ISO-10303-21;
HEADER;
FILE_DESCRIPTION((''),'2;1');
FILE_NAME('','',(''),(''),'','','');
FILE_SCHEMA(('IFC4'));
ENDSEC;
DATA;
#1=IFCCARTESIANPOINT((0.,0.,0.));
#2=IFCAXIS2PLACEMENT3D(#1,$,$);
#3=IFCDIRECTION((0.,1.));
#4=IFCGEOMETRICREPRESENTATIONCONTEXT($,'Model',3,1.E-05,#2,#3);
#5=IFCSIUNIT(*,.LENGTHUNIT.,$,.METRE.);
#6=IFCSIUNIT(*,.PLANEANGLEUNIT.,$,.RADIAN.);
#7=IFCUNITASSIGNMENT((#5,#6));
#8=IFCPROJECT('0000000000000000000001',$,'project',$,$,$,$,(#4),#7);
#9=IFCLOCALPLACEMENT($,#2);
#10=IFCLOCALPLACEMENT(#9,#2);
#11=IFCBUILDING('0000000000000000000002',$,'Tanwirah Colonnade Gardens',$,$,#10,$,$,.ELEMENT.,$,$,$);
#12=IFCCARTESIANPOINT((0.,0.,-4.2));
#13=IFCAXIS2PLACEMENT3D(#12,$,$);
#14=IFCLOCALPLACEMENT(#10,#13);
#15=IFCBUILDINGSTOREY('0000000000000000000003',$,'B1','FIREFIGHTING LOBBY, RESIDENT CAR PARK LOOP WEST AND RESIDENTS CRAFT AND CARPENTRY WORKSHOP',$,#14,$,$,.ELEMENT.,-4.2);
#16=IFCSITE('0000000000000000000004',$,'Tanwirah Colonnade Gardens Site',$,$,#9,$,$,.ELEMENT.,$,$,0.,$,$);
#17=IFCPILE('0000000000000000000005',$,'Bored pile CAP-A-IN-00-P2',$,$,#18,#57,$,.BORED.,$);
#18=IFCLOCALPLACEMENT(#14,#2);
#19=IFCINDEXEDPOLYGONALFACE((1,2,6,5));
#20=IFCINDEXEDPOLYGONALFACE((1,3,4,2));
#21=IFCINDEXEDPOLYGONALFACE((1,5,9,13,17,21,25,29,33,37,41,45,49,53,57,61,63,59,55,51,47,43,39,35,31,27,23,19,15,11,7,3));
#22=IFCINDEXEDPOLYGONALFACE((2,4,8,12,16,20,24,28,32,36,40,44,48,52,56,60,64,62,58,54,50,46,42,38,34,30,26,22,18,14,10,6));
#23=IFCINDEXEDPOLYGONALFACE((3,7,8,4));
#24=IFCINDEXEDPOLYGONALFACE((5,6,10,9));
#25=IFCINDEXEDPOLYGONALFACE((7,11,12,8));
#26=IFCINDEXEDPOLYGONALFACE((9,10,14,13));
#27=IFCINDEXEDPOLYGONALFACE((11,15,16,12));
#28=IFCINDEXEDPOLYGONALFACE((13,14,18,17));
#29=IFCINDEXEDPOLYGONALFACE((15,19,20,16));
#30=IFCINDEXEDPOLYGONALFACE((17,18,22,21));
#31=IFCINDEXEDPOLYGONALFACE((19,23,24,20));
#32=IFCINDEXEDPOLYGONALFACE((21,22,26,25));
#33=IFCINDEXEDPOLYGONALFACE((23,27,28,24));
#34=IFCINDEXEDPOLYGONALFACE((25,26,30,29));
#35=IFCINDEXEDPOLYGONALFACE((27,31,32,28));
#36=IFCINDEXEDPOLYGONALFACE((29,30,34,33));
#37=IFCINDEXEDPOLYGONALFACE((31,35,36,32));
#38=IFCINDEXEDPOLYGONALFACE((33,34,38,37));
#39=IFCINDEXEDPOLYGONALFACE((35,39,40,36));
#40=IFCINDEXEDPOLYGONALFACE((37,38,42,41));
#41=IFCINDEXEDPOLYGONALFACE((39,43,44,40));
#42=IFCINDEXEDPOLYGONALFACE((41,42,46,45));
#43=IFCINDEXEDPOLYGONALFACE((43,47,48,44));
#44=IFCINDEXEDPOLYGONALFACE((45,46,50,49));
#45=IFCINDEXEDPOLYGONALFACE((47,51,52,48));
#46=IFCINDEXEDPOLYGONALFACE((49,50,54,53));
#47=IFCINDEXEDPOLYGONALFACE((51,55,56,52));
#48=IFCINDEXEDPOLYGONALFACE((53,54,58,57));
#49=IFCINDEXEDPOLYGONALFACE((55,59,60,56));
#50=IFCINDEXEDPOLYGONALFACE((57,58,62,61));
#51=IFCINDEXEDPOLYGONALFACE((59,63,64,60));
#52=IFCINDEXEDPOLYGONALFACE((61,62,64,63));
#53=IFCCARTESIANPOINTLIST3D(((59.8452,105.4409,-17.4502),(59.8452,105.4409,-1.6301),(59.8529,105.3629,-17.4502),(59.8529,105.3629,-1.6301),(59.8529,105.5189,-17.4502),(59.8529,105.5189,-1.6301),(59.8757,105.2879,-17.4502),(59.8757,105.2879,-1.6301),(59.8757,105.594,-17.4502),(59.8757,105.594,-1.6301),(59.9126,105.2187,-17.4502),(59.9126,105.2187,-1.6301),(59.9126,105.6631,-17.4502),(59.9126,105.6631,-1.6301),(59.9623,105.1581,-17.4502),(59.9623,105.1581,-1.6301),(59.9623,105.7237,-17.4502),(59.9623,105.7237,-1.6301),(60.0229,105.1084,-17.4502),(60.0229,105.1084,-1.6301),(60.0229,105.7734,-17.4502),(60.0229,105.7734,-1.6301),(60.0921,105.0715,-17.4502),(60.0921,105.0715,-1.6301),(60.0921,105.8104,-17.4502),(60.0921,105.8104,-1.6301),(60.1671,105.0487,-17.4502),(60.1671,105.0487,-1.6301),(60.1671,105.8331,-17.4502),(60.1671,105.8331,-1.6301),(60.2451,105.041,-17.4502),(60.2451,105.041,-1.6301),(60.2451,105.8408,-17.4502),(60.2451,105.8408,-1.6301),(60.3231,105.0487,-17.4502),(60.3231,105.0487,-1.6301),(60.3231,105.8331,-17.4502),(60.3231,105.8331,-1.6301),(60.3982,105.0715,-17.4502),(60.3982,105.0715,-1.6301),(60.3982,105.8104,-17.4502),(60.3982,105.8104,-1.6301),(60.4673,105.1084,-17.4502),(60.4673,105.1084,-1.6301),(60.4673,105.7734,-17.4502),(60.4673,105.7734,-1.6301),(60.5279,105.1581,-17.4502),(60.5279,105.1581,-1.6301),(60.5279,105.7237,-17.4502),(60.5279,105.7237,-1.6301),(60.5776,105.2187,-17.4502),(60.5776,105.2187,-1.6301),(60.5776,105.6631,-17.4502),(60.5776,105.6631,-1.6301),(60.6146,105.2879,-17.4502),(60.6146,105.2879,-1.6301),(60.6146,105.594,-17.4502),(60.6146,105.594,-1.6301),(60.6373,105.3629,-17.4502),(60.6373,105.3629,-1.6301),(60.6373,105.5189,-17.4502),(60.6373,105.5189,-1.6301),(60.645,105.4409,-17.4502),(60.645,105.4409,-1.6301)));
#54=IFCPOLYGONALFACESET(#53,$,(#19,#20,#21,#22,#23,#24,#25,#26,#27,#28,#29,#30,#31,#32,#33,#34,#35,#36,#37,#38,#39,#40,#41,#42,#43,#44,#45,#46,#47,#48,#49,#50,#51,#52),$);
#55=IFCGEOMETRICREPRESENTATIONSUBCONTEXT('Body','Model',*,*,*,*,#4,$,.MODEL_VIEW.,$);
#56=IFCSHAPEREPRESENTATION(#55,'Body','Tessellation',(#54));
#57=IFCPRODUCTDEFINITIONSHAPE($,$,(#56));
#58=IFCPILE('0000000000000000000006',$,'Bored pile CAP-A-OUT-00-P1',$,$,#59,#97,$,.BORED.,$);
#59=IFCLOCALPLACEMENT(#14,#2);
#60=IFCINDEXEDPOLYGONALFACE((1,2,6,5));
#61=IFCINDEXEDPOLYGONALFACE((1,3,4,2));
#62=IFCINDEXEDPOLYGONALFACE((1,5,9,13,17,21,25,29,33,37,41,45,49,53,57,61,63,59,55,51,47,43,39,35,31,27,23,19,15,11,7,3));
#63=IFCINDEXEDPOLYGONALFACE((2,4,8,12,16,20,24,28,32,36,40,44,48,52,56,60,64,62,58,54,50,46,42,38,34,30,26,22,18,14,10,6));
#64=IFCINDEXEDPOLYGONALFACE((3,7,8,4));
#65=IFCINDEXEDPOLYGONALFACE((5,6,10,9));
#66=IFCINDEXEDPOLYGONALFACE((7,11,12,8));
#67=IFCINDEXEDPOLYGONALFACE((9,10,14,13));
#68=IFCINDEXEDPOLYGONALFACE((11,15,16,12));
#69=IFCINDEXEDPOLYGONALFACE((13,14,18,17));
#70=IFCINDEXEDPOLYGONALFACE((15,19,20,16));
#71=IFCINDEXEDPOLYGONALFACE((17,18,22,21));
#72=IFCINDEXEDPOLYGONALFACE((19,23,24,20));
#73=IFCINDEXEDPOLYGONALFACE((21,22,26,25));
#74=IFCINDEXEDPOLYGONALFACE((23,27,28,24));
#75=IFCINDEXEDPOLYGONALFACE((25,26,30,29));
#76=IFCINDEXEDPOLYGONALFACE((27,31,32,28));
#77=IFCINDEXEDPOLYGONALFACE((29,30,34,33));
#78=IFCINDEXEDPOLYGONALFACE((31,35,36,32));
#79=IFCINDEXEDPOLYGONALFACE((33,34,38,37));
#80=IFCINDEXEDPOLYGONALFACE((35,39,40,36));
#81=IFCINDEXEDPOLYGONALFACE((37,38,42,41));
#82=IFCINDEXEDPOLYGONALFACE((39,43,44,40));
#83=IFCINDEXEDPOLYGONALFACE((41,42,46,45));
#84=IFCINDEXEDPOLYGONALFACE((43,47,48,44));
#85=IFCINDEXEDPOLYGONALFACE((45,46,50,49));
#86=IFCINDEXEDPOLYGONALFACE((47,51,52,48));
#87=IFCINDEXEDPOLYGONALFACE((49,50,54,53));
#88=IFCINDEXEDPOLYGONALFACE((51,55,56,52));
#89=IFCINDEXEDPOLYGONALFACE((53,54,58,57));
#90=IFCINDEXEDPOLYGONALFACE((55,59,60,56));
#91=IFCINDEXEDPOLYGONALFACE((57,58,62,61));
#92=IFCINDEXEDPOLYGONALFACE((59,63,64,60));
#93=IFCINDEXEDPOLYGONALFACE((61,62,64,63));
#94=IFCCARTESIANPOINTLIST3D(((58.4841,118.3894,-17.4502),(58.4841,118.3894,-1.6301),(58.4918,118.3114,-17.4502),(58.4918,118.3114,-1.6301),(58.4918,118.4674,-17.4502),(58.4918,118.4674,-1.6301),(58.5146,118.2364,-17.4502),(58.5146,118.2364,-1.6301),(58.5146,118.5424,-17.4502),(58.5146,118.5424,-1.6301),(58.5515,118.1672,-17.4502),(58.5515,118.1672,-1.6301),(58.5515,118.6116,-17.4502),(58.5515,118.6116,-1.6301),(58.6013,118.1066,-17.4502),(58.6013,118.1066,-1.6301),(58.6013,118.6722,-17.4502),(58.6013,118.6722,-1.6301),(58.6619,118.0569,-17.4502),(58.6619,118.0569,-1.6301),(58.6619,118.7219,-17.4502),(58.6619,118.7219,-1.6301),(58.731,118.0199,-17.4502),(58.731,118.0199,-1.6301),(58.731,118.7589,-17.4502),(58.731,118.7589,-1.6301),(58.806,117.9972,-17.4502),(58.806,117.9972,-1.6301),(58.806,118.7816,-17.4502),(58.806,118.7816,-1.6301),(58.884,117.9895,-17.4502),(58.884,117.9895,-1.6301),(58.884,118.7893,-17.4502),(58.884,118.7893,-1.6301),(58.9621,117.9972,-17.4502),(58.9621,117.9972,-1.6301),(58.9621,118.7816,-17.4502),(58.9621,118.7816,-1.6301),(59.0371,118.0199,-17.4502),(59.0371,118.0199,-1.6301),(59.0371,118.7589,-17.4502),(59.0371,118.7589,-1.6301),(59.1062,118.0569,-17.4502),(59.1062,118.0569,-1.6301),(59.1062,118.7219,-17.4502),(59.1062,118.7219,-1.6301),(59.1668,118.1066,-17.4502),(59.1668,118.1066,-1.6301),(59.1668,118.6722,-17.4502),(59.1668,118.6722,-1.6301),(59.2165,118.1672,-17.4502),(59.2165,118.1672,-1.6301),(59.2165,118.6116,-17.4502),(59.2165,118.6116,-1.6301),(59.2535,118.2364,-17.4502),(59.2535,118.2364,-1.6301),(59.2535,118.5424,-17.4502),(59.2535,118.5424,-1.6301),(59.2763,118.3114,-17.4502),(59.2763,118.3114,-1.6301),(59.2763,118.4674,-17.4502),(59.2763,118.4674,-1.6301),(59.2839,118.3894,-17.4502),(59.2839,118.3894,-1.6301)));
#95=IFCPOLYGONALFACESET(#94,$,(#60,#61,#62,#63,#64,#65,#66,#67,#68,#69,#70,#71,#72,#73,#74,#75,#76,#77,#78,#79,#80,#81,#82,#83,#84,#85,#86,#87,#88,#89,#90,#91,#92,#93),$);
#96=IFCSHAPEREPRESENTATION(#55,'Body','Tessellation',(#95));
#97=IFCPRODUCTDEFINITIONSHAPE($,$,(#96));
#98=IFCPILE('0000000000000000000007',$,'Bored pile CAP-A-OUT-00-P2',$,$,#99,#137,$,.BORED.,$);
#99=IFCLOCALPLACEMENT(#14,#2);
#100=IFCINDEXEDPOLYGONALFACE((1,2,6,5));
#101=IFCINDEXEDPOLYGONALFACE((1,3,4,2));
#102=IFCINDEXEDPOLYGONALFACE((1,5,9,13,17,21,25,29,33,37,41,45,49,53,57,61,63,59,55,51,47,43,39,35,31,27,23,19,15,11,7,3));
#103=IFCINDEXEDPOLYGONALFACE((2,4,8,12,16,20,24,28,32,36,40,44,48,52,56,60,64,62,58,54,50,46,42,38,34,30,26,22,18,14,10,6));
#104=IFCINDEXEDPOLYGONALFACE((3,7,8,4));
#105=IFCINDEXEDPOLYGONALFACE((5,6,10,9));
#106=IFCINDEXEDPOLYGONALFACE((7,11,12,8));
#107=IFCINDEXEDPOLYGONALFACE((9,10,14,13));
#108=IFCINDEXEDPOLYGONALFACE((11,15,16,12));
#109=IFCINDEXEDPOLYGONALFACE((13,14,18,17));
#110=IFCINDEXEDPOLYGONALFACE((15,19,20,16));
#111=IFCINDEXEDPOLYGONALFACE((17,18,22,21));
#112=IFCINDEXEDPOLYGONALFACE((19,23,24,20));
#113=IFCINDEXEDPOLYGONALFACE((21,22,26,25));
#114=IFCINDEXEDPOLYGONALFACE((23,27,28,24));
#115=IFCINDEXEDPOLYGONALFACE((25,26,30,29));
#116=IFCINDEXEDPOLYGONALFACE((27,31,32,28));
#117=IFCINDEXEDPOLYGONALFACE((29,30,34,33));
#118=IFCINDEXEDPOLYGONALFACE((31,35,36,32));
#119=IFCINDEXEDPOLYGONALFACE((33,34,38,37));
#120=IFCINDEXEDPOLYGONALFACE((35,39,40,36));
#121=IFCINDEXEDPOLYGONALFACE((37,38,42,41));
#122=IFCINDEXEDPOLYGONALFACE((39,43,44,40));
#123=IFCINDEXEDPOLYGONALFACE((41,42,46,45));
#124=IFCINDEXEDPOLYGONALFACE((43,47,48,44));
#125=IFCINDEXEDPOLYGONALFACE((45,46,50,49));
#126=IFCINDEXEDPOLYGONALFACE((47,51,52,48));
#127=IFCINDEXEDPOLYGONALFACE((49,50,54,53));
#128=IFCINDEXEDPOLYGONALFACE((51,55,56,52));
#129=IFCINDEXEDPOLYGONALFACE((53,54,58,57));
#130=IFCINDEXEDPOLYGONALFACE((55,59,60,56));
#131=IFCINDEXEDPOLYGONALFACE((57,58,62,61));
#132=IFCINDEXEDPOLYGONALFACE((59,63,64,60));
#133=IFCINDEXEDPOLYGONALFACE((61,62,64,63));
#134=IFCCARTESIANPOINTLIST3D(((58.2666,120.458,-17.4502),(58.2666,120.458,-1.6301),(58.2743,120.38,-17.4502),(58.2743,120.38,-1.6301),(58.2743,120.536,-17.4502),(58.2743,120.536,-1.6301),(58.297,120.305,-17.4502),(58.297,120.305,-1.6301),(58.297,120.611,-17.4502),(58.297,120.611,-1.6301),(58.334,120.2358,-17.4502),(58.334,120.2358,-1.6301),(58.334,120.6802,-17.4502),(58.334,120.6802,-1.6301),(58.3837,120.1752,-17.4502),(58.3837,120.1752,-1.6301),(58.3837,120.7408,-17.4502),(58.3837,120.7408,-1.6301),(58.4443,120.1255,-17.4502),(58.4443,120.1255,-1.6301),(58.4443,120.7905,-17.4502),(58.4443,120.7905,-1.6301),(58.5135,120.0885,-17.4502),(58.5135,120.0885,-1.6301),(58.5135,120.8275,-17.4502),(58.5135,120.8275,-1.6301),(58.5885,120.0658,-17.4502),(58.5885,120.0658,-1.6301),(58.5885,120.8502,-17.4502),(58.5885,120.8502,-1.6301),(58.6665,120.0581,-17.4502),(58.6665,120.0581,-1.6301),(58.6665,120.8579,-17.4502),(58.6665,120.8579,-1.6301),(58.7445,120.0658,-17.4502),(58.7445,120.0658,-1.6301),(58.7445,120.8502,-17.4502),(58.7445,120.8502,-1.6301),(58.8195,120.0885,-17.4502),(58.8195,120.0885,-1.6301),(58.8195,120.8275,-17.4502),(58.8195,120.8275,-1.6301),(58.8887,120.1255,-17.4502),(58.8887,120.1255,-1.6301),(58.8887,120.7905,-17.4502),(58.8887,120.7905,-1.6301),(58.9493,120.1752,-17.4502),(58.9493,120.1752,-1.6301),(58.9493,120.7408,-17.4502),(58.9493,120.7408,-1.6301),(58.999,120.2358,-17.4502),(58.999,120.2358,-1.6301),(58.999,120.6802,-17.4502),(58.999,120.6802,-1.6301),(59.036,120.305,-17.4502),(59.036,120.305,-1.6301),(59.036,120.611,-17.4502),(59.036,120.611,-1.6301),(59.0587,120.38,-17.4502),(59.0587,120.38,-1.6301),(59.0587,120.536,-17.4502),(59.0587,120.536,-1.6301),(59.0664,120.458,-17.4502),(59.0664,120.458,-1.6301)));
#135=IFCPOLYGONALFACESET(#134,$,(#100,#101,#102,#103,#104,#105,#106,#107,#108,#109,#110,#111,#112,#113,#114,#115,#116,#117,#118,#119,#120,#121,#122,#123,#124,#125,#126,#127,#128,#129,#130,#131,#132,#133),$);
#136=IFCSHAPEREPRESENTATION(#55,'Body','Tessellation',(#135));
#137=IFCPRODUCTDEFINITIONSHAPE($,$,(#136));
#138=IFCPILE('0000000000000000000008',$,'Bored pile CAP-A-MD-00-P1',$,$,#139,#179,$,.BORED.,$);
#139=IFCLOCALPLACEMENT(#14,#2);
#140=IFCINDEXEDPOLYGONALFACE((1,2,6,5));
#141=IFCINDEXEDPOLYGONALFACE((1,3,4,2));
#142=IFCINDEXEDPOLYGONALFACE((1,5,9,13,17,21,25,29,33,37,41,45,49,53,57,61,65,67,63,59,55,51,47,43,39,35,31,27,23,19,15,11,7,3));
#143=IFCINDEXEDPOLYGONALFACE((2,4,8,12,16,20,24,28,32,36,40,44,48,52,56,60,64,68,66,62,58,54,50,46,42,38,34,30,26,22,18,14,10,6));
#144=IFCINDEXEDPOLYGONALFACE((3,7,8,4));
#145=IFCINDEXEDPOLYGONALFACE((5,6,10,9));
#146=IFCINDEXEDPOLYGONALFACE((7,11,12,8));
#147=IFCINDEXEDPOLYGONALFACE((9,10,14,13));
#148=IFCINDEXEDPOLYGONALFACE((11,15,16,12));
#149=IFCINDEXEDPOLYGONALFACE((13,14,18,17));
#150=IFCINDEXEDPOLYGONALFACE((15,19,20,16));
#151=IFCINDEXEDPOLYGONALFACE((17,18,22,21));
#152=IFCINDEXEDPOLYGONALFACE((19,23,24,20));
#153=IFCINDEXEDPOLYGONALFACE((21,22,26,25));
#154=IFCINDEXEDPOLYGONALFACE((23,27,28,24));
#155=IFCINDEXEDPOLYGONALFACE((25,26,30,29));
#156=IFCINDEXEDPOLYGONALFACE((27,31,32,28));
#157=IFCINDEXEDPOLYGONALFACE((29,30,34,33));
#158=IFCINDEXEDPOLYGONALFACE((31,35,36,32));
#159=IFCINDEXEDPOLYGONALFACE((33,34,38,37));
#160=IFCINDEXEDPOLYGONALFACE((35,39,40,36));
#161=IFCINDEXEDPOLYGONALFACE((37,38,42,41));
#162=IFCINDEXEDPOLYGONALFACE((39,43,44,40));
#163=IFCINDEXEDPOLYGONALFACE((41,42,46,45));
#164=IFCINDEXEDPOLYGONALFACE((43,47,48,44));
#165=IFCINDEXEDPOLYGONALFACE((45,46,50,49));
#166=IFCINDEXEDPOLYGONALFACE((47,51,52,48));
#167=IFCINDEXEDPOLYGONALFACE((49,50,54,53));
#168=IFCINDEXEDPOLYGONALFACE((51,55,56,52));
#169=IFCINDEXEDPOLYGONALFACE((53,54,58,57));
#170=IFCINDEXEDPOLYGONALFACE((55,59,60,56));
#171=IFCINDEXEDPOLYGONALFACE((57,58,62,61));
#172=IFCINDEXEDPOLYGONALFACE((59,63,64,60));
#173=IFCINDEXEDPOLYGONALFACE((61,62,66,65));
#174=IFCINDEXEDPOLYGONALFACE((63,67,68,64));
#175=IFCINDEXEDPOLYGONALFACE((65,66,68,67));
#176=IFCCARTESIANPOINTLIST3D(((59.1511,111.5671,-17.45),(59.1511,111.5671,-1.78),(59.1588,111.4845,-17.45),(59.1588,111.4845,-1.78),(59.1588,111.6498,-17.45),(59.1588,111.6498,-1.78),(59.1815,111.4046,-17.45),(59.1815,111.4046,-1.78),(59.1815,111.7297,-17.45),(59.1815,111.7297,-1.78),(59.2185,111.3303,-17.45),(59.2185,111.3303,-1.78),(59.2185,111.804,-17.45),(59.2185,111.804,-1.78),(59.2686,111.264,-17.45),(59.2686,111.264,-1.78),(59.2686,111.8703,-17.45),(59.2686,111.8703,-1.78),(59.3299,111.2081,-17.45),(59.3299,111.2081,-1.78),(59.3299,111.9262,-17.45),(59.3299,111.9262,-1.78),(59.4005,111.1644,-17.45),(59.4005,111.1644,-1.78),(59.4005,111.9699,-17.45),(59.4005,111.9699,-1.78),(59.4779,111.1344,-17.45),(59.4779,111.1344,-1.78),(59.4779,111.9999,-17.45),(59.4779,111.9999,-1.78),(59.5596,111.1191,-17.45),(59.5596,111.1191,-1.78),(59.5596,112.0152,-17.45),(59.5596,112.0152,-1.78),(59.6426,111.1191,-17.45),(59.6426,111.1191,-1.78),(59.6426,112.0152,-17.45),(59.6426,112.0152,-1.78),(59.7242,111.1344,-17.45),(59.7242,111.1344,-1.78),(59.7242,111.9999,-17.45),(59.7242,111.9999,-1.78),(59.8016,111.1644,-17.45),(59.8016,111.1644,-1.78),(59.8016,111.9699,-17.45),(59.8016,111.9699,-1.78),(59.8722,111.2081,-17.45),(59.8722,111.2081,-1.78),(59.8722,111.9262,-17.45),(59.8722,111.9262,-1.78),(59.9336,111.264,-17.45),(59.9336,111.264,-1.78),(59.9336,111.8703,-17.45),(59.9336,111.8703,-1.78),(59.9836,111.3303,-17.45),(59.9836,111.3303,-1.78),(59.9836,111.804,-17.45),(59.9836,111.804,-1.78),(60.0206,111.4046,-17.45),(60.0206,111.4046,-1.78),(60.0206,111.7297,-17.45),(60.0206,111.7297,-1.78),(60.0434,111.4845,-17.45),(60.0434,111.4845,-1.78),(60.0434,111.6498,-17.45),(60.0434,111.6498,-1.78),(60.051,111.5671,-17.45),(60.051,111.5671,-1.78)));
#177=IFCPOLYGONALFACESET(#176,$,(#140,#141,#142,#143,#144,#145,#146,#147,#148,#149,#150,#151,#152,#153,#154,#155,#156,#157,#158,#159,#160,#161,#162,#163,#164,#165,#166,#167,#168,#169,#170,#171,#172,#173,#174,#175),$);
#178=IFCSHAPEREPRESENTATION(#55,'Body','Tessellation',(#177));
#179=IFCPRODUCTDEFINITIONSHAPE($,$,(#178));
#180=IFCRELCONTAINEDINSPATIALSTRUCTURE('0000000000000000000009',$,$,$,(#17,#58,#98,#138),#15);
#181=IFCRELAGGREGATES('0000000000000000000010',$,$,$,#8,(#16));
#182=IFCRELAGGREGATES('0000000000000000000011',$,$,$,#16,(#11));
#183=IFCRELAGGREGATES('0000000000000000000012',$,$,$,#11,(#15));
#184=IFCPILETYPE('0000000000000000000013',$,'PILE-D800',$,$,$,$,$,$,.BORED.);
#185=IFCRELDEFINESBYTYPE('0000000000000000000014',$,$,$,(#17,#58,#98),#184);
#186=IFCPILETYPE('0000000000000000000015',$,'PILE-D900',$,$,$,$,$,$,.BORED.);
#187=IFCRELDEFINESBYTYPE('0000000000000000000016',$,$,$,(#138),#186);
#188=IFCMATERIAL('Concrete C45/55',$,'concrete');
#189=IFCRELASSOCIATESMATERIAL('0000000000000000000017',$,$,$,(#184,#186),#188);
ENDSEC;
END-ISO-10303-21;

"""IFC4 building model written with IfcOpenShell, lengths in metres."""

from ifc_helpers import new_model, si_unit, direction, frame, origin, origin_2d, place, context, subcontext, project, spatial, circle, extrude, material, material_profile, profile_set, type_object, element, save


model = new_model("IFC4")

# Units and contexts
model_context = context("Model", 3, precision=1e-05, world=origin(), true_north=direction((0.0, 1.0)))
body_context = subcontext(model_context, "Body", "Model", "MODEL_VIEW")
ifc_project = project(units=[si_unit("LENGTHUNIT", "METRE"), si_unit("PLANEANGLEUNIT", "RADIAN")], contexts=[model_context])

# Site, building, storey
site_placement = place(None, origin())
site = spatial("IfcSite", under=ifc_project, at=site_placement, Name="Tanwirah Colonnade Gardens Site", CompositionType="ELEMENT", RefElevation=0.0)
building_placement = place(site_placement, origin())
building = spatial("IfcBuilding", under=site, at=building_placement, Name="Tanwirah Colonnade Gardens", CompositionType="ELEMENT")
storey_placement = place(building_placement, frame((0.0, 0.0, -4.2)))
storey = spatial("IfcBuildingStorey", under=building, at=storey_placement, Name="B1", Description="FIREFIGHTING LOBBY, RESIDENT CAR PARK LOOP WEST AND RESIDENTS CRAFT AND CARPENTRY WORKSHOP", CompositionType="ELEMENT", Elevation=-4.2)

# Shared definitions
ifc_material_1 = material(Name="Concrete C45/55", Category="concrete")

# Piles
ifc_material_profile_1 = material_profile(ifc_material_1, circle(Radius=0.3999, at=origin_2d()), Name="PILE D800")
ifc_profile_set_1 = profile_set([ifc_material_profile_1], Name="Concrete C45/55")
pile_type_1 = type_object("IfcPileType", Name="PILE-D800", PredefinedType="BORED", material=ifc_profile_set_1)
for number, where, z_axis, x_axis, name in (
    (1, (60.2451, 105.4409, -1.6301), (0.0, 0.0, -1.0), (1.0, 0.0, 0.0), "Bored pile CAP-A-IN-00-P2"),
    (2, (58.884, 118.3894, -1.6301), (0.0, 0.0, -1.0), (1.0, 0.0, 0.0), "Bored pile CAP-A-OUT-00-P1"),
    (3, (58.6665, 120.458, -1.6301), (0.0, 0.0, -1.0), (1.0, 0.0, 0.0), "Bored pile CAP-A-OUT-00-P2"),
):
    element("IfcPile", number, at=place(storey_placement, frame(where, z_axis=z_axis, x_axis=x_axis)), inside=storey, type_object=pile_type_1, Name=name, PredefinedType="BORED", context=body_context, shape_type="SweptSolid", body=[
        extrude(circle(Radius=0.3999, at=origin_2d()), origin(), (0.0, 0.0, 1.0), 15.8201),
    ])
ifc_material_profile_2 = material_profile(ifc_material_1, circle(Radius=0.45, at=origin_2d()), Name="PILE D900")
ifc_profile_set_2 = profile_set([ifc_material_profile_2], Name="Concrete C45/55")
pile_type_2 = type_object("IfcPileType", Name="PILE-D900", PredefinedType="BORED", material=ifc_profile_set_2)
for number, where, z_axis, x_axis, name in (
    (4, (59.6011, 111.5671, -1.78), (0.0, 0.0, -1.0), (1.0, 0.0, 0.0), "Bored pile CAP-A-MD-00-P1"),
):
    element("IfcPile", number, at=place(storey_placement, frame(where, z_axis=z_axis, x_axis=x_axis)), inside=storey, type_object=pile_type_2, Name=name, PredefinedType="BORED", context=body_context, shape_type="SweptSolid", body=[
        extrude(circle(Radius=0.45, at=origin_2d()), origin(), (0.0, 0.0, 1.0), 15.6699),
    ])

save(model, "model.ifc")
